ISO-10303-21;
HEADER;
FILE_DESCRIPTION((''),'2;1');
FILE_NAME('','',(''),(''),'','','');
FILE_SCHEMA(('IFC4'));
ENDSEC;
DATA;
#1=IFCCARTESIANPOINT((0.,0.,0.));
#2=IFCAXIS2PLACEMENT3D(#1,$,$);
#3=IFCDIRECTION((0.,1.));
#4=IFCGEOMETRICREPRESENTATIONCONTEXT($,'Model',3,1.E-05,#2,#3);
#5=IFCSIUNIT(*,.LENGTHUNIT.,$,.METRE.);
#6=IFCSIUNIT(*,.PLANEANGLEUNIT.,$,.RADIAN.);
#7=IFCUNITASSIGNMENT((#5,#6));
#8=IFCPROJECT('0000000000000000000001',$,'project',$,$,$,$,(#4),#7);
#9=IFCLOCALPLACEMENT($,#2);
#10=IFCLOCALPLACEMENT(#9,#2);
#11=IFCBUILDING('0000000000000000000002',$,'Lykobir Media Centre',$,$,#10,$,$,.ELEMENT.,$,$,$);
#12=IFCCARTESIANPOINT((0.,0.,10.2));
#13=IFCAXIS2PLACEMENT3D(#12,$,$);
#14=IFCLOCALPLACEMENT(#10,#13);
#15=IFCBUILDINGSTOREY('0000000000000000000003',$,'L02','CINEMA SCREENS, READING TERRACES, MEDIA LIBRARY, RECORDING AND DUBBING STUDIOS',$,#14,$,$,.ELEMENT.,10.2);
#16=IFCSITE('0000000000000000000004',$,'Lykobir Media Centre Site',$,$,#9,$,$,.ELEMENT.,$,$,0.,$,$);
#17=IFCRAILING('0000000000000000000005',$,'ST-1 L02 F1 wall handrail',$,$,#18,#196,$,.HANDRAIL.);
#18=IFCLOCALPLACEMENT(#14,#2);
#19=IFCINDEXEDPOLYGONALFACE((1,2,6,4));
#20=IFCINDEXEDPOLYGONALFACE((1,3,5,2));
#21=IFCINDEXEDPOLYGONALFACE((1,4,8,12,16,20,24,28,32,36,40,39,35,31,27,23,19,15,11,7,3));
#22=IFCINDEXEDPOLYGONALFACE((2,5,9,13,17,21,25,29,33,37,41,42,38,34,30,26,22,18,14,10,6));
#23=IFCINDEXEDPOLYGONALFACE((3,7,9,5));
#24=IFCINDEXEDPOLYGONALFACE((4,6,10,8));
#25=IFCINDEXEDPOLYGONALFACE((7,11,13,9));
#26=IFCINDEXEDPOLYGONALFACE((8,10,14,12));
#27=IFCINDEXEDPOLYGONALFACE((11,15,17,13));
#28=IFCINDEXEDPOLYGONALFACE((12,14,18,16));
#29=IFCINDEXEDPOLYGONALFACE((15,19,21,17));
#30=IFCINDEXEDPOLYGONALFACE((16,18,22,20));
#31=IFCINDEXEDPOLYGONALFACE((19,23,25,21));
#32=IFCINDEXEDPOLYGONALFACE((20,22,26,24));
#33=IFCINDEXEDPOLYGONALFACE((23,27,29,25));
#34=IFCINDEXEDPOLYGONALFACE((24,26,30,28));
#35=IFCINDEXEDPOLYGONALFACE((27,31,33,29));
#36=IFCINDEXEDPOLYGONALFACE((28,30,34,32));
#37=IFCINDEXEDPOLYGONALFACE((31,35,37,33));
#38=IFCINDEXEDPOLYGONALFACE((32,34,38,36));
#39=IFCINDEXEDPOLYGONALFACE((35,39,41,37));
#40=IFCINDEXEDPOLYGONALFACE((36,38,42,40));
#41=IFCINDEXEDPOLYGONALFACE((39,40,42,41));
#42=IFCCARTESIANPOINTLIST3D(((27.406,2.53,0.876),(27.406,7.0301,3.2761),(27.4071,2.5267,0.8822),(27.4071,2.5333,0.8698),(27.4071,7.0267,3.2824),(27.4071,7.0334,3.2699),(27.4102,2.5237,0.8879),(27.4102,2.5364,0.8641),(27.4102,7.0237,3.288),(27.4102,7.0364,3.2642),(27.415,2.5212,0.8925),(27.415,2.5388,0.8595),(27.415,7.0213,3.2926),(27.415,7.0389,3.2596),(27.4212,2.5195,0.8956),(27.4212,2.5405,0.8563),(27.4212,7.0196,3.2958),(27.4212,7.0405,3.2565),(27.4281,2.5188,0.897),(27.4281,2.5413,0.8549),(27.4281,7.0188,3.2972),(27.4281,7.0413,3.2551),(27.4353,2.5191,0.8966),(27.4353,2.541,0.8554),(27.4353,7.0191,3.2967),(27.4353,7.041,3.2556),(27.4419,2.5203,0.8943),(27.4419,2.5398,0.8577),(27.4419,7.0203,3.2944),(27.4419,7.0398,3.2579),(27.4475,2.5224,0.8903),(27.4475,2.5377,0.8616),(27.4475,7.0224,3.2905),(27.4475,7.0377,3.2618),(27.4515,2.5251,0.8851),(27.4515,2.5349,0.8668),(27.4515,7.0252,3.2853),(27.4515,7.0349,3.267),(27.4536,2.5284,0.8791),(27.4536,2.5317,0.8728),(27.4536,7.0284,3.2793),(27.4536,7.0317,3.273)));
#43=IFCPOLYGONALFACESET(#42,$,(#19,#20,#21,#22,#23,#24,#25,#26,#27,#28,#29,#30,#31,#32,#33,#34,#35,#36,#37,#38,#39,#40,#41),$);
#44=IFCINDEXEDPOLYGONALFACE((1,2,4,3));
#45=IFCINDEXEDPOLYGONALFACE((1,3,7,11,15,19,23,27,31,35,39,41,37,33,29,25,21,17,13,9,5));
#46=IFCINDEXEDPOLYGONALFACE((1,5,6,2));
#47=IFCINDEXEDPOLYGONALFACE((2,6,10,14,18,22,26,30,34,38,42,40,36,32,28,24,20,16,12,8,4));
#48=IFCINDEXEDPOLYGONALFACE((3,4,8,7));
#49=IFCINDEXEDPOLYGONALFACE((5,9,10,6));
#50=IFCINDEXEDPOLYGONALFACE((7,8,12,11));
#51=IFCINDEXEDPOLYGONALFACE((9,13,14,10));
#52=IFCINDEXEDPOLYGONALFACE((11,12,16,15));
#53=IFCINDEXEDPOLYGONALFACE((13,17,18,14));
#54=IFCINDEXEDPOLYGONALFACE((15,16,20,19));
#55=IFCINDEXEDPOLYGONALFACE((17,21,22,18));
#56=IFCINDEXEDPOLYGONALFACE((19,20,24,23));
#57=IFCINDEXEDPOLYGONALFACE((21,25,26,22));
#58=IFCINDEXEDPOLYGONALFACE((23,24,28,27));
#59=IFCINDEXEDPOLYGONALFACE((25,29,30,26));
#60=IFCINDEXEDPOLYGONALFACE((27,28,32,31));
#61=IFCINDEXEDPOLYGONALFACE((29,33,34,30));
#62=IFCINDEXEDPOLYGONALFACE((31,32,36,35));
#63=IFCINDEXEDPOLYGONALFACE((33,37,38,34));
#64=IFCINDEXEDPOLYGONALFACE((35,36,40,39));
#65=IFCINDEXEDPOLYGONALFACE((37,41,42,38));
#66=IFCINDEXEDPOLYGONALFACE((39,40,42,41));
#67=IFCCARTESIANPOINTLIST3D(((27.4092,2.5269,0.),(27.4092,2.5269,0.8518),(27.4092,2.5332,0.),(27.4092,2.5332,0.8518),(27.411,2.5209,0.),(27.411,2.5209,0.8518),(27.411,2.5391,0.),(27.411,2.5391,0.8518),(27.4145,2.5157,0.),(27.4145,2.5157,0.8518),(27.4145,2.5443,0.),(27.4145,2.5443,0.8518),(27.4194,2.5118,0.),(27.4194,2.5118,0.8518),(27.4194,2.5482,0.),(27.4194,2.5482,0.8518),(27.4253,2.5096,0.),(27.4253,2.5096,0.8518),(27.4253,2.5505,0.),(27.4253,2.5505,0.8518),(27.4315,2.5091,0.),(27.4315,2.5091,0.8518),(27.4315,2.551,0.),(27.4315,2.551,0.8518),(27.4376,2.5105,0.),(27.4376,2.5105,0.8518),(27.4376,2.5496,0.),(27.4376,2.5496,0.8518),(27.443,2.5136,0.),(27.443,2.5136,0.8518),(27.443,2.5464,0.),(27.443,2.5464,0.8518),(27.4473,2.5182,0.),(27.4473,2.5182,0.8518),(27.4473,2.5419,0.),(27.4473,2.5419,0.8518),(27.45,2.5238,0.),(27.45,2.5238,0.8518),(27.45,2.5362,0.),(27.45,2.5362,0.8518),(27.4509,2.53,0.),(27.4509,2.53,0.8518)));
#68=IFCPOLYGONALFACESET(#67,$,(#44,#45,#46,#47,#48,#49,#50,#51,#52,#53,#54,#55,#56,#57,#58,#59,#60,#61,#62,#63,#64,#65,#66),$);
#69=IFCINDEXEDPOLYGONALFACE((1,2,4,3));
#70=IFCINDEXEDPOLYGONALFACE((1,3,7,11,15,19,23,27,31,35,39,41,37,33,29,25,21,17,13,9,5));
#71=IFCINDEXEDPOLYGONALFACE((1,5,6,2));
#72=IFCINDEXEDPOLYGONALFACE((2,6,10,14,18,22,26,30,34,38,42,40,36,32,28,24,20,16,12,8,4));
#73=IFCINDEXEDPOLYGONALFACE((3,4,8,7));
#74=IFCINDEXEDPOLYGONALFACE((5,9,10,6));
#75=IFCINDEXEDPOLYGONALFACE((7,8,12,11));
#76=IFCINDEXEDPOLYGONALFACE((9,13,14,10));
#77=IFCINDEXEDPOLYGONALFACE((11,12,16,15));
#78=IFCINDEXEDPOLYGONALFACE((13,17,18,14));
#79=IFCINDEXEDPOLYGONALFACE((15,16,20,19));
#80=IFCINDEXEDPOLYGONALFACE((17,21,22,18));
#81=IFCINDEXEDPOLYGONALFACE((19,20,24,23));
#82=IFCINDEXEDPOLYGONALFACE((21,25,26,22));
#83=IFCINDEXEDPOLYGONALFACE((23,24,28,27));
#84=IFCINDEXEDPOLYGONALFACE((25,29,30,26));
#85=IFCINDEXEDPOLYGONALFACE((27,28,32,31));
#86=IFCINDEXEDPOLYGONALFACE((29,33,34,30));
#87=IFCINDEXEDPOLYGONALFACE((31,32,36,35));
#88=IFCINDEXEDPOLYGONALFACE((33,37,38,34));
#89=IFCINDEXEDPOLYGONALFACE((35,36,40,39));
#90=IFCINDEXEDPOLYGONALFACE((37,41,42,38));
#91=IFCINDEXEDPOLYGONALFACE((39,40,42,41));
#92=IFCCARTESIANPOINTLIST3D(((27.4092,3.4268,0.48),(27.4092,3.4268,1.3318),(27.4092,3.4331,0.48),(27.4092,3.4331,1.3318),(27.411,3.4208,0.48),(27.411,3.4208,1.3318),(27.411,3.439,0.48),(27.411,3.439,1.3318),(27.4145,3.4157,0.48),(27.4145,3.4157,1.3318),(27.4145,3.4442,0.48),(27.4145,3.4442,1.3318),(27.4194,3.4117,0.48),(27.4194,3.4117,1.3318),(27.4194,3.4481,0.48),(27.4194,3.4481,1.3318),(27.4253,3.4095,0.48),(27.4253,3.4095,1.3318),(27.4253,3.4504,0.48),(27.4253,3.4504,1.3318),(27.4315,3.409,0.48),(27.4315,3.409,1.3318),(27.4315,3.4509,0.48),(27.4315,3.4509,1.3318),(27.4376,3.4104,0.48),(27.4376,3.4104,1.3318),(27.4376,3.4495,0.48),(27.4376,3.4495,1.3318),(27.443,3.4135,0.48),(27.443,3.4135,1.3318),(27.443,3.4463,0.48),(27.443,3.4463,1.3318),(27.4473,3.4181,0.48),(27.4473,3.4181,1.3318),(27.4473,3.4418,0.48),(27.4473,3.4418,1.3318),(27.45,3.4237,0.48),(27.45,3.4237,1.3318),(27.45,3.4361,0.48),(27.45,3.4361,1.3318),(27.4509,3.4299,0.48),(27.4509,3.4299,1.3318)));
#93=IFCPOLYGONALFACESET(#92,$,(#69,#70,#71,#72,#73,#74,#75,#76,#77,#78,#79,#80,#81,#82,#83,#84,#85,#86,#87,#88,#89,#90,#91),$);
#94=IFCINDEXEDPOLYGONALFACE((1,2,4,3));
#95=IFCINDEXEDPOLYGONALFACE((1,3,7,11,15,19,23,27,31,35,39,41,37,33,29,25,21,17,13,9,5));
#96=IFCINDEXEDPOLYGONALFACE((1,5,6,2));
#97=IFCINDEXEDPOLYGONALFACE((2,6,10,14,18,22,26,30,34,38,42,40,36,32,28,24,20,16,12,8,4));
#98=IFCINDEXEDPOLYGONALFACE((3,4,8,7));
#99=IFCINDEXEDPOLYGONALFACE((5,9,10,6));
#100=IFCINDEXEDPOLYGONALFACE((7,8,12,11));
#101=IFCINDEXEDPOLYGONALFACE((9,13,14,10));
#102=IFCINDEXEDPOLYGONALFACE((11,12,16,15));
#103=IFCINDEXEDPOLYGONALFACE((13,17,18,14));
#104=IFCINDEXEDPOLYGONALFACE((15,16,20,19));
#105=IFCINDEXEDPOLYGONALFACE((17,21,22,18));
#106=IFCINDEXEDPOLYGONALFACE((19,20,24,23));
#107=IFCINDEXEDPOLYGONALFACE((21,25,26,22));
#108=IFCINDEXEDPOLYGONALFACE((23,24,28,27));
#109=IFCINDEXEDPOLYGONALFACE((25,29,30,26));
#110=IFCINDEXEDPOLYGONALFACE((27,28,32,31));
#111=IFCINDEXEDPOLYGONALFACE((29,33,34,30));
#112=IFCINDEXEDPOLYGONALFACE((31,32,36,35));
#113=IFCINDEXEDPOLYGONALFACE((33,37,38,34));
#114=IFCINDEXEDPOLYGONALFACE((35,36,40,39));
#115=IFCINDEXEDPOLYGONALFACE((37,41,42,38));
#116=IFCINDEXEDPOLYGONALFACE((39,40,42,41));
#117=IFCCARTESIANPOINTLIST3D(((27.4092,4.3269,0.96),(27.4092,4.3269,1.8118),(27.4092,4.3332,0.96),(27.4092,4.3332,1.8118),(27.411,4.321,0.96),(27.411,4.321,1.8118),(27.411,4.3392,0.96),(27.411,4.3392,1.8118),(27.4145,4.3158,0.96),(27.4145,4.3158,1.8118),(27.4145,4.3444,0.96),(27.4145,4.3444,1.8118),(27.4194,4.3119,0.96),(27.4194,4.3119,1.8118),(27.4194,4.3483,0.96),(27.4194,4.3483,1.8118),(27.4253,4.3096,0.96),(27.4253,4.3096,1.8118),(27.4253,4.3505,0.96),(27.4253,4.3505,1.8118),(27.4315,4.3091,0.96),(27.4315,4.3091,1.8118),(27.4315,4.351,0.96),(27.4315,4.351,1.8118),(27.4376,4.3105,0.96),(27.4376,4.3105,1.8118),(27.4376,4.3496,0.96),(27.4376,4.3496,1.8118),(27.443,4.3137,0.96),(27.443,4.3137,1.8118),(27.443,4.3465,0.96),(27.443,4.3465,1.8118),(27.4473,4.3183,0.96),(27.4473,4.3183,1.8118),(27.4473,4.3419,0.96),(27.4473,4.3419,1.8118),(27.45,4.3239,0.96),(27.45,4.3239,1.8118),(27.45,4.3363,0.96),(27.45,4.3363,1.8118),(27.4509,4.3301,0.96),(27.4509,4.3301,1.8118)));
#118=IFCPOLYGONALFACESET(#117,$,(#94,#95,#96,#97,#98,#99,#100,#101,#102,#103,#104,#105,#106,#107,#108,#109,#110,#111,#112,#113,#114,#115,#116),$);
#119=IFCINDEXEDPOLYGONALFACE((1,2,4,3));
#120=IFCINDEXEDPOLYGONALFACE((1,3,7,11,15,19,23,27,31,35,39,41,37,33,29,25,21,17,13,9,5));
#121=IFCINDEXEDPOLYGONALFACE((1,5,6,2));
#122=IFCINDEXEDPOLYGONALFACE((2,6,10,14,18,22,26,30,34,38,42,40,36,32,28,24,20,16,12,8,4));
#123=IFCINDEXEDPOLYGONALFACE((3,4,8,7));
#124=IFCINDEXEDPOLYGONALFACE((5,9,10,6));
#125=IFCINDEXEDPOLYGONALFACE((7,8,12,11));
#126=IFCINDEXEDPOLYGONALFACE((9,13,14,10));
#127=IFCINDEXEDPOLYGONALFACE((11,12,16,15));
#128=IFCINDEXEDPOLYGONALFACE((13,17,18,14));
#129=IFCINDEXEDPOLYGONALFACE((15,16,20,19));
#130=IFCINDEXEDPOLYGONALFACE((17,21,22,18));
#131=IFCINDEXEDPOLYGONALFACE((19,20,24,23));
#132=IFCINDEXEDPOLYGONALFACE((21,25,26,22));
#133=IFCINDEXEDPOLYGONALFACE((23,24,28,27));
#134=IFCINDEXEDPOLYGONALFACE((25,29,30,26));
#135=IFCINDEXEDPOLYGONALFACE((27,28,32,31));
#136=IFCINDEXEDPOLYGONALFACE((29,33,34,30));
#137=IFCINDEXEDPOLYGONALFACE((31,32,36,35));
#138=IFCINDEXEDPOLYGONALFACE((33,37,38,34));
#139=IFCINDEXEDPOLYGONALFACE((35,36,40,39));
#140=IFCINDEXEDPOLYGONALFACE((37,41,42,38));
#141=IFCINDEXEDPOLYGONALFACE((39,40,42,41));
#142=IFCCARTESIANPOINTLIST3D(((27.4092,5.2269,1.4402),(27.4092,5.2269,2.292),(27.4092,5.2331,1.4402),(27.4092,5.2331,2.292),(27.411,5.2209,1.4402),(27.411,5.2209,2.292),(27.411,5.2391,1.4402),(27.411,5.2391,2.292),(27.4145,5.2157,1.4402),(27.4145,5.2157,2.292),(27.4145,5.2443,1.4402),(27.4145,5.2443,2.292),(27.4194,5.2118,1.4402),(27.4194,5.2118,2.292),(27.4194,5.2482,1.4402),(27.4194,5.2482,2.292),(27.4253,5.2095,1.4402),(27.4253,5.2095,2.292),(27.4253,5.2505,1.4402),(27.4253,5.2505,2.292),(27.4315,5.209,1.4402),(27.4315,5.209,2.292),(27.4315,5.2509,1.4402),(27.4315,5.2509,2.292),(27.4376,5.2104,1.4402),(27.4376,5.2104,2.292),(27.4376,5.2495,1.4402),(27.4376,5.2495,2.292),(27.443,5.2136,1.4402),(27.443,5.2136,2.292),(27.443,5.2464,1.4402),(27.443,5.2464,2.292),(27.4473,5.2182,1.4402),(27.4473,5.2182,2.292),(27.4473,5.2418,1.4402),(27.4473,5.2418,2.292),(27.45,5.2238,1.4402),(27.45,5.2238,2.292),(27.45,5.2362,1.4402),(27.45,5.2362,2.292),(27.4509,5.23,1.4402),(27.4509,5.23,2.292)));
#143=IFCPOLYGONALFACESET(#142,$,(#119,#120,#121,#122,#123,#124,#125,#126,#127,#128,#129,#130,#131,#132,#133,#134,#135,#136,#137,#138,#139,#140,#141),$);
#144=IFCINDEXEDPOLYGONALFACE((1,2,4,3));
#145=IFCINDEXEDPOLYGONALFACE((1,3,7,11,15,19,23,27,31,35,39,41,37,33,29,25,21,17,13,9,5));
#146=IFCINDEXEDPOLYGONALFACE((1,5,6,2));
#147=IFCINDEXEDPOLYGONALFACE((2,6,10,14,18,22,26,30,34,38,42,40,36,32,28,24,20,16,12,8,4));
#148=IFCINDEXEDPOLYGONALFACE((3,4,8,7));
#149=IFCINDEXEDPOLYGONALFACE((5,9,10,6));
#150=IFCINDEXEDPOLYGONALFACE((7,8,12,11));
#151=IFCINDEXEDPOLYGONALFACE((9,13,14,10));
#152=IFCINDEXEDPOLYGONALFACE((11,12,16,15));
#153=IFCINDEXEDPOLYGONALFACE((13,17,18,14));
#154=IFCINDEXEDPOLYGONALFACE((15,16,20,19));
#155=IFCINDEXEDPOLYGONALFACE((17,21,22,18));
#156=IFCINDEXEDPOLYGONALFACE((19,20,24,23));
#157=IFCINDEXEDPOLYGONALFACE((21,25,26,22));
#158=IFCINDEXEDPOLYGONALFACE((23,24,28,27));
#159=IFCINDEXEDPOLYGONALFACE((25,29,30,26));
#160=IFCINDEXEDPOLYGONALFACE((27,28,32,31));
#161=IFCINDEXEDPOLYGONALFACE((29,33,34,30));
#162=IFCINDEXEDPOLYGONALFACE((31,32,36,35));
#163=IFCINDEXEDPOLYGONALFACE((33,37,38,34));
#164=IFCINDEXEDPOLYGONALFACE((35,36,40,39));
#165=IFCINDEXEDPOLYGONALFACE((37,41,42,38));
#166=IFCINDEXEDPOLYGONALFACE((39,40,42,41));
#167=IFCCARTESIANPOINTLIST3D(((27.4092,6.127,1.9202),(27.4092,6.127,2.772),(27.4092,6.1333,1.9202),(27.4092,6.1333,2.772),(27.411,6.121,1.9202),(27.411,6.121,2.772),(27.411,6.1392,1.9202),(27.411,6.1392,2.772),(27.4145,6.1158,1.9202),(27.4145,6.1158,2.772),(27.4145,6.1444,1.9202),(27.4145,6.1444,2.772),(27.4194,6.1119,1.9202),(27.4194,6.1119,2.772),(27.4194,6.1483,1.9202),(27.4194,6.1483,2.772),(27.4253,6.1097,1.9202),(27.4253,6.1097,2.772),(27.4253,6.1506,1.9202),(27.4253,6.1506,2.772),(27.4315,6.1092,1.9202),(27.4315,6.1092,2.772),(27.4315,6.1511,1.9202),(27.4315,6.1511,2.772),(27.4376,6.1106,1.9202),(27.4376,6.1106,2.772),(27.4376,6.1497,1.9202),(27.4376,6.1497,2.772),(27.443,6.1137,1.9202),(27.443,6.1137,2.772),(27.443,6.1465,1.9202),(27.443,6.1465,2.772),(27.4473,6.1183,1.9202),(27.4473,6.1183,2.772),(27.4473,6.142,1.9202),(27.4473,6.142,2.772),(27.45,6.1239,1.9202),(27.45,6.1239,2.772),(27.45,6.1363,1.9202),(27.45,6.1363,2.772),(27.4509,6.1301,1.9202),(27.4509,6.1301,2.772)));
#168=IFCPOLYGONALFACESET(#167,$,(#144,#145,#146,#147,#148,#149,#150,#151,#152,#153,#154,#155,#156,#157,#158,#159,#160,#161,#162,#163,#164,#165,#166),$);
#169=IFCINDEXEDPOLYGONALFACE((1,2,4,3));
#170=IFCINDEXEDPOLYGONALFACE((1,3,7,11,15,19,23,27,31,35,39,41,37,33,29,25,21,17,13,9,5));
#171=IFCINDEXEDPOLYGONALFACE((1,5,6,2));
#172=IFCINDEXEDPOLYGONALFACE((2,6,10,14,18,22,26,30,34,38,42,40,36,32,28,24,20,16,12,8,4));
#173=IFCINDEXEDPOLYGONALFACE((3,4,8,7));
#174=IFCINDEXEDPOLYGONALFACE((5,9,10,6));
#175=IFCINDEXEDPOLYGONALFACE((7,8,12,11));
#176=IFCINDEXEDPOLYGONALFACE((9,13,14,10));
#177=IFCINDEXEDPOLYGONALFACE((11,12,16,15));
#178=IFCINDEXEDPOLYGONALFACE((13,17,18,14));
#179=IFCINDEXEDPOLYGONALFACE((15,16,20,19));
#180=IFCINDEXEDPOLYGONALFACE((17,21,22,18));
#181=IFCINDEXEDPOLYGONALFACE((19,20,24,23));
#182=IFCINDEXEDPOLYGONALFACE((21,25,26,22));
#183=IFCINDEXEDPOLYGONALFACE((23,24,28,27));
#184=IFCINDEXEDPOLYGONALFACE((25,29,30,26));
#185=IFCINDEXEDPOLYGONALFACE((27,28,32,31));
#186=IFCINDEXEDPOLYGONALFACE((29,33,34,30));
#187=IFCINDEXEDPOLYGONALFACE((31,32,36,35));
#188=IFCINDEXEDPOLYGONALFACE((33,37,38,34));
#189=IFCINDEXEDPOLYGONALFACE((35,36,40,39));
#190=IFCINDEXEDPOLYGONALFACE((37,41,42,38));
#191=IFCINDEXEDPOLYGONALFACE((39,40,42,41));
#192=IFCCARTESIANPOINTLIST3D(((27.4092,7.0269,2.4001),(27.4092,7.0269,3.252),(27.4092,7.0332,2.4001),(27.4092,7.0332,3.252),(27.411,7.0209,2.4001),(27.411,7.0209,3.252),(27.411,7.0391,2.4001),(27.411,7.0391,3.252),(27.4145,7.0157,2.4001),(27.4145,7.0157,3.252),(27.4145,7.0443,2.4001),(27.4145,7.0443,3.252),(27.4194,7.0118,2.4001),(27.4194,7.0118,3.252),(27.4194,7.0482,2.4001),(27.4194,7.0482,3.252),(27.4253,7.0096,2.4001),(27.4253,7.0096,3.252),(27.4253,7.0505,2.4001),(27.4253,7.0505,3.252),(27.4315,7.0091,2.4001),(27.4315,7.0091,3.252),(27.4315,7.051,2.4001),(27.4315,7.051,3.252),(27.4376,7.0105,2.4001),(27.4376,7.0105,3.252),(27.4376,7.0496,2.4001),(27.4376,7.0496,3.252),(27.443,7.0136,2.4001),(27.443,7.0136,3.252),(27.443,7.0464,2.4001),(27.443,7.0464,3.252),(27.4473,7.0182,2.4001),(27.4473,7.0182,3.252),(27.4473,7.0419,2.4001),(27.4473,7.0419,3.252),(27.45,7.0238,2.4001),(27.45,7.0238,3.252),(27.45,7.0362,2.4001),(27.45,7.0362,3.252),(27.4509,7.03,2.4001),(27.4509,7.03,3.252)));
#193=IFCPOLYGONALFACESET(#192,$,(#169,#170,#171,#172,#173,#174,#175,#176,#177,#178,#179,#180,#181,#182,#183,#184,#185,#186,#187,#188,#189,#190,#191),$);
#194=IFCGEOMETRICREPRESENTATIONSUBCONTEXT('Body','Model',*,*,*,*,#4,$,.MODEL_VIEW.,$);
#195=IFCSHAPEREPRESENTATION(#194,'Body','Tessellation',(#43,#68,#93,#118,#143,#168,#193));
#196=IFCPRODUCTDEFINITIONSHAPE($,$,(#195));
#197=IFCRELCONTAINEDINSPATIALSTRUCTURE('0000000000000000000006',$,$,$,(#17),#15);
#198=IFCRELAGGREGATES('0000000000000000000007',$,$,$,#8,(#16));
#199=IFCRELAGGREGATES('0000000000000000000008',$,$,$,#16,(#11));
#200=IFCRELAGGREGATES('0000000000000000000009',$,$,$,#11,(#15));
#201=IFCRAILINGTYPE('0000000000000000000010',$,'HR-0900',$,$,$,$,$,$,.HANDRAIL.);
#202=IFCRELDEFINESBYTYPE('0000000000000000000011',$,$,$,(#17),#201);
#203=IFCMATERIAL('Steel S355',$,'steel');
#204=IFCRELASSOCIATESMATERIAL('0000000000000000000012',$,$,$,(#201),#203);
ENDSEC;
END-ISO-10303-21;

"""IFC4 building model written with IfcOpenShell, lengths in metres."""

from ifc_helpers import new_model, si_unit, direction, frame, origin, origin_2d, place, context, subcontext, project, spatial, circle, extrude, material, type_object, element, save


model = new_model("IFC4")

# Units and contexts
model_context = context("Model", 3, precision=1e-05, world=origin(), true_north=direction((0.0, 1.0)))
body_context = subcontext(model_context, "Body", "Model", "MODEL_VIEW")
ifc_project = project(units=[si_unit("LENGTHUNIT", "METRE"), si_unit("PLANEANGLEUNIT", "RADIAN")], contexts=[model_context])

# Site, building, storey
site_placement = place(None, origin())
site = spatial("IfcSite", under=ifc_project, at=site_placement, Name="Lykobir Media Centre Site", CompositionType="ELEMENT", RefElevation=0.0)
building_placement = place(site_placement, origin())
building = spatial("IfcBuilding", under=site, at=building_placement, Name="Lykobir Media Centre", CompositionType="ELEMENT")
storey_placement = place(building_placement, frame((0.0, 0.0, 10.2)))
storey = spatial("IfcBuildingStorey", under=building, at=storey_placement, Name="L02", Description="CINEMA SCREENS, READING TERRACES, MEDIA LIBRARY, RECORDING AND DUBBING STUDIOS", CompositionType="ELEMENT", Elevation=10.2)

# Shared definitions
ifc_material_1 = material(Name="Steel S355", Category="steel")

# Railing
railing_type_1 = type_object("IfcRailingType", Name="HR-0900", PredefinedType="HANDRAIL", material=ifc_material_1)
railing_1_placement = place(storey_placement, frame((27.4299, 2.53, 0.0)))
element("IfcRailing", 1, at=railing_1_placement, inside=storey, type_object=railing_type_1, Name="ST-1 L02 F1 wall handrail", PredefinedType="HANDRAIL", context=body_context, shape_type="SweptSolid", body=[
    extrude(circle(Radius=0.0239, at=origin_2d()), frame((0.0, 0.0, 0.876), z_axis=(0.0, 0.882341, 0.470611), x_axis=(-1.0, 0.0, 0.0)), (0.0, 0.0, 1.0), 5.1001),
    extrude(circle(Radius=0.021, at=origin_2d()), origin(), (0.0, 0.0, 1.0), 0.8518),
    extrude(circle(Radius=0.021, at=origin_2d()), frame((0.0, 0.8999, 0.48)), (0.0, 0.0, 1.0), 0.8518),
    extrude(circle(Radius=0.021, at=origin_2d()), frame((0.0, 1.8, 0.96)), (0.0, 0.0, 1.0), 0.8518),
    extrude(circle(Radius=0.021, at=origin_2d()), frame((0.0, 2.7, 1.4402)), (0.0, 0.0, 1.0), 0.8518),
    extrude(circle(Radius=0.021, at=origin_2d()), frame((0.0, 3.6001, 1.9202)), (0.0, 0.0, 1.0), 0.8518),
    extrude(circle(Radius=0.021, at=origin_2d()), frame((0.0, 4.5, 2.4001)), (0.0, 0.0, 1.0), 0.8518),
])

save(model, "model.ifc")
